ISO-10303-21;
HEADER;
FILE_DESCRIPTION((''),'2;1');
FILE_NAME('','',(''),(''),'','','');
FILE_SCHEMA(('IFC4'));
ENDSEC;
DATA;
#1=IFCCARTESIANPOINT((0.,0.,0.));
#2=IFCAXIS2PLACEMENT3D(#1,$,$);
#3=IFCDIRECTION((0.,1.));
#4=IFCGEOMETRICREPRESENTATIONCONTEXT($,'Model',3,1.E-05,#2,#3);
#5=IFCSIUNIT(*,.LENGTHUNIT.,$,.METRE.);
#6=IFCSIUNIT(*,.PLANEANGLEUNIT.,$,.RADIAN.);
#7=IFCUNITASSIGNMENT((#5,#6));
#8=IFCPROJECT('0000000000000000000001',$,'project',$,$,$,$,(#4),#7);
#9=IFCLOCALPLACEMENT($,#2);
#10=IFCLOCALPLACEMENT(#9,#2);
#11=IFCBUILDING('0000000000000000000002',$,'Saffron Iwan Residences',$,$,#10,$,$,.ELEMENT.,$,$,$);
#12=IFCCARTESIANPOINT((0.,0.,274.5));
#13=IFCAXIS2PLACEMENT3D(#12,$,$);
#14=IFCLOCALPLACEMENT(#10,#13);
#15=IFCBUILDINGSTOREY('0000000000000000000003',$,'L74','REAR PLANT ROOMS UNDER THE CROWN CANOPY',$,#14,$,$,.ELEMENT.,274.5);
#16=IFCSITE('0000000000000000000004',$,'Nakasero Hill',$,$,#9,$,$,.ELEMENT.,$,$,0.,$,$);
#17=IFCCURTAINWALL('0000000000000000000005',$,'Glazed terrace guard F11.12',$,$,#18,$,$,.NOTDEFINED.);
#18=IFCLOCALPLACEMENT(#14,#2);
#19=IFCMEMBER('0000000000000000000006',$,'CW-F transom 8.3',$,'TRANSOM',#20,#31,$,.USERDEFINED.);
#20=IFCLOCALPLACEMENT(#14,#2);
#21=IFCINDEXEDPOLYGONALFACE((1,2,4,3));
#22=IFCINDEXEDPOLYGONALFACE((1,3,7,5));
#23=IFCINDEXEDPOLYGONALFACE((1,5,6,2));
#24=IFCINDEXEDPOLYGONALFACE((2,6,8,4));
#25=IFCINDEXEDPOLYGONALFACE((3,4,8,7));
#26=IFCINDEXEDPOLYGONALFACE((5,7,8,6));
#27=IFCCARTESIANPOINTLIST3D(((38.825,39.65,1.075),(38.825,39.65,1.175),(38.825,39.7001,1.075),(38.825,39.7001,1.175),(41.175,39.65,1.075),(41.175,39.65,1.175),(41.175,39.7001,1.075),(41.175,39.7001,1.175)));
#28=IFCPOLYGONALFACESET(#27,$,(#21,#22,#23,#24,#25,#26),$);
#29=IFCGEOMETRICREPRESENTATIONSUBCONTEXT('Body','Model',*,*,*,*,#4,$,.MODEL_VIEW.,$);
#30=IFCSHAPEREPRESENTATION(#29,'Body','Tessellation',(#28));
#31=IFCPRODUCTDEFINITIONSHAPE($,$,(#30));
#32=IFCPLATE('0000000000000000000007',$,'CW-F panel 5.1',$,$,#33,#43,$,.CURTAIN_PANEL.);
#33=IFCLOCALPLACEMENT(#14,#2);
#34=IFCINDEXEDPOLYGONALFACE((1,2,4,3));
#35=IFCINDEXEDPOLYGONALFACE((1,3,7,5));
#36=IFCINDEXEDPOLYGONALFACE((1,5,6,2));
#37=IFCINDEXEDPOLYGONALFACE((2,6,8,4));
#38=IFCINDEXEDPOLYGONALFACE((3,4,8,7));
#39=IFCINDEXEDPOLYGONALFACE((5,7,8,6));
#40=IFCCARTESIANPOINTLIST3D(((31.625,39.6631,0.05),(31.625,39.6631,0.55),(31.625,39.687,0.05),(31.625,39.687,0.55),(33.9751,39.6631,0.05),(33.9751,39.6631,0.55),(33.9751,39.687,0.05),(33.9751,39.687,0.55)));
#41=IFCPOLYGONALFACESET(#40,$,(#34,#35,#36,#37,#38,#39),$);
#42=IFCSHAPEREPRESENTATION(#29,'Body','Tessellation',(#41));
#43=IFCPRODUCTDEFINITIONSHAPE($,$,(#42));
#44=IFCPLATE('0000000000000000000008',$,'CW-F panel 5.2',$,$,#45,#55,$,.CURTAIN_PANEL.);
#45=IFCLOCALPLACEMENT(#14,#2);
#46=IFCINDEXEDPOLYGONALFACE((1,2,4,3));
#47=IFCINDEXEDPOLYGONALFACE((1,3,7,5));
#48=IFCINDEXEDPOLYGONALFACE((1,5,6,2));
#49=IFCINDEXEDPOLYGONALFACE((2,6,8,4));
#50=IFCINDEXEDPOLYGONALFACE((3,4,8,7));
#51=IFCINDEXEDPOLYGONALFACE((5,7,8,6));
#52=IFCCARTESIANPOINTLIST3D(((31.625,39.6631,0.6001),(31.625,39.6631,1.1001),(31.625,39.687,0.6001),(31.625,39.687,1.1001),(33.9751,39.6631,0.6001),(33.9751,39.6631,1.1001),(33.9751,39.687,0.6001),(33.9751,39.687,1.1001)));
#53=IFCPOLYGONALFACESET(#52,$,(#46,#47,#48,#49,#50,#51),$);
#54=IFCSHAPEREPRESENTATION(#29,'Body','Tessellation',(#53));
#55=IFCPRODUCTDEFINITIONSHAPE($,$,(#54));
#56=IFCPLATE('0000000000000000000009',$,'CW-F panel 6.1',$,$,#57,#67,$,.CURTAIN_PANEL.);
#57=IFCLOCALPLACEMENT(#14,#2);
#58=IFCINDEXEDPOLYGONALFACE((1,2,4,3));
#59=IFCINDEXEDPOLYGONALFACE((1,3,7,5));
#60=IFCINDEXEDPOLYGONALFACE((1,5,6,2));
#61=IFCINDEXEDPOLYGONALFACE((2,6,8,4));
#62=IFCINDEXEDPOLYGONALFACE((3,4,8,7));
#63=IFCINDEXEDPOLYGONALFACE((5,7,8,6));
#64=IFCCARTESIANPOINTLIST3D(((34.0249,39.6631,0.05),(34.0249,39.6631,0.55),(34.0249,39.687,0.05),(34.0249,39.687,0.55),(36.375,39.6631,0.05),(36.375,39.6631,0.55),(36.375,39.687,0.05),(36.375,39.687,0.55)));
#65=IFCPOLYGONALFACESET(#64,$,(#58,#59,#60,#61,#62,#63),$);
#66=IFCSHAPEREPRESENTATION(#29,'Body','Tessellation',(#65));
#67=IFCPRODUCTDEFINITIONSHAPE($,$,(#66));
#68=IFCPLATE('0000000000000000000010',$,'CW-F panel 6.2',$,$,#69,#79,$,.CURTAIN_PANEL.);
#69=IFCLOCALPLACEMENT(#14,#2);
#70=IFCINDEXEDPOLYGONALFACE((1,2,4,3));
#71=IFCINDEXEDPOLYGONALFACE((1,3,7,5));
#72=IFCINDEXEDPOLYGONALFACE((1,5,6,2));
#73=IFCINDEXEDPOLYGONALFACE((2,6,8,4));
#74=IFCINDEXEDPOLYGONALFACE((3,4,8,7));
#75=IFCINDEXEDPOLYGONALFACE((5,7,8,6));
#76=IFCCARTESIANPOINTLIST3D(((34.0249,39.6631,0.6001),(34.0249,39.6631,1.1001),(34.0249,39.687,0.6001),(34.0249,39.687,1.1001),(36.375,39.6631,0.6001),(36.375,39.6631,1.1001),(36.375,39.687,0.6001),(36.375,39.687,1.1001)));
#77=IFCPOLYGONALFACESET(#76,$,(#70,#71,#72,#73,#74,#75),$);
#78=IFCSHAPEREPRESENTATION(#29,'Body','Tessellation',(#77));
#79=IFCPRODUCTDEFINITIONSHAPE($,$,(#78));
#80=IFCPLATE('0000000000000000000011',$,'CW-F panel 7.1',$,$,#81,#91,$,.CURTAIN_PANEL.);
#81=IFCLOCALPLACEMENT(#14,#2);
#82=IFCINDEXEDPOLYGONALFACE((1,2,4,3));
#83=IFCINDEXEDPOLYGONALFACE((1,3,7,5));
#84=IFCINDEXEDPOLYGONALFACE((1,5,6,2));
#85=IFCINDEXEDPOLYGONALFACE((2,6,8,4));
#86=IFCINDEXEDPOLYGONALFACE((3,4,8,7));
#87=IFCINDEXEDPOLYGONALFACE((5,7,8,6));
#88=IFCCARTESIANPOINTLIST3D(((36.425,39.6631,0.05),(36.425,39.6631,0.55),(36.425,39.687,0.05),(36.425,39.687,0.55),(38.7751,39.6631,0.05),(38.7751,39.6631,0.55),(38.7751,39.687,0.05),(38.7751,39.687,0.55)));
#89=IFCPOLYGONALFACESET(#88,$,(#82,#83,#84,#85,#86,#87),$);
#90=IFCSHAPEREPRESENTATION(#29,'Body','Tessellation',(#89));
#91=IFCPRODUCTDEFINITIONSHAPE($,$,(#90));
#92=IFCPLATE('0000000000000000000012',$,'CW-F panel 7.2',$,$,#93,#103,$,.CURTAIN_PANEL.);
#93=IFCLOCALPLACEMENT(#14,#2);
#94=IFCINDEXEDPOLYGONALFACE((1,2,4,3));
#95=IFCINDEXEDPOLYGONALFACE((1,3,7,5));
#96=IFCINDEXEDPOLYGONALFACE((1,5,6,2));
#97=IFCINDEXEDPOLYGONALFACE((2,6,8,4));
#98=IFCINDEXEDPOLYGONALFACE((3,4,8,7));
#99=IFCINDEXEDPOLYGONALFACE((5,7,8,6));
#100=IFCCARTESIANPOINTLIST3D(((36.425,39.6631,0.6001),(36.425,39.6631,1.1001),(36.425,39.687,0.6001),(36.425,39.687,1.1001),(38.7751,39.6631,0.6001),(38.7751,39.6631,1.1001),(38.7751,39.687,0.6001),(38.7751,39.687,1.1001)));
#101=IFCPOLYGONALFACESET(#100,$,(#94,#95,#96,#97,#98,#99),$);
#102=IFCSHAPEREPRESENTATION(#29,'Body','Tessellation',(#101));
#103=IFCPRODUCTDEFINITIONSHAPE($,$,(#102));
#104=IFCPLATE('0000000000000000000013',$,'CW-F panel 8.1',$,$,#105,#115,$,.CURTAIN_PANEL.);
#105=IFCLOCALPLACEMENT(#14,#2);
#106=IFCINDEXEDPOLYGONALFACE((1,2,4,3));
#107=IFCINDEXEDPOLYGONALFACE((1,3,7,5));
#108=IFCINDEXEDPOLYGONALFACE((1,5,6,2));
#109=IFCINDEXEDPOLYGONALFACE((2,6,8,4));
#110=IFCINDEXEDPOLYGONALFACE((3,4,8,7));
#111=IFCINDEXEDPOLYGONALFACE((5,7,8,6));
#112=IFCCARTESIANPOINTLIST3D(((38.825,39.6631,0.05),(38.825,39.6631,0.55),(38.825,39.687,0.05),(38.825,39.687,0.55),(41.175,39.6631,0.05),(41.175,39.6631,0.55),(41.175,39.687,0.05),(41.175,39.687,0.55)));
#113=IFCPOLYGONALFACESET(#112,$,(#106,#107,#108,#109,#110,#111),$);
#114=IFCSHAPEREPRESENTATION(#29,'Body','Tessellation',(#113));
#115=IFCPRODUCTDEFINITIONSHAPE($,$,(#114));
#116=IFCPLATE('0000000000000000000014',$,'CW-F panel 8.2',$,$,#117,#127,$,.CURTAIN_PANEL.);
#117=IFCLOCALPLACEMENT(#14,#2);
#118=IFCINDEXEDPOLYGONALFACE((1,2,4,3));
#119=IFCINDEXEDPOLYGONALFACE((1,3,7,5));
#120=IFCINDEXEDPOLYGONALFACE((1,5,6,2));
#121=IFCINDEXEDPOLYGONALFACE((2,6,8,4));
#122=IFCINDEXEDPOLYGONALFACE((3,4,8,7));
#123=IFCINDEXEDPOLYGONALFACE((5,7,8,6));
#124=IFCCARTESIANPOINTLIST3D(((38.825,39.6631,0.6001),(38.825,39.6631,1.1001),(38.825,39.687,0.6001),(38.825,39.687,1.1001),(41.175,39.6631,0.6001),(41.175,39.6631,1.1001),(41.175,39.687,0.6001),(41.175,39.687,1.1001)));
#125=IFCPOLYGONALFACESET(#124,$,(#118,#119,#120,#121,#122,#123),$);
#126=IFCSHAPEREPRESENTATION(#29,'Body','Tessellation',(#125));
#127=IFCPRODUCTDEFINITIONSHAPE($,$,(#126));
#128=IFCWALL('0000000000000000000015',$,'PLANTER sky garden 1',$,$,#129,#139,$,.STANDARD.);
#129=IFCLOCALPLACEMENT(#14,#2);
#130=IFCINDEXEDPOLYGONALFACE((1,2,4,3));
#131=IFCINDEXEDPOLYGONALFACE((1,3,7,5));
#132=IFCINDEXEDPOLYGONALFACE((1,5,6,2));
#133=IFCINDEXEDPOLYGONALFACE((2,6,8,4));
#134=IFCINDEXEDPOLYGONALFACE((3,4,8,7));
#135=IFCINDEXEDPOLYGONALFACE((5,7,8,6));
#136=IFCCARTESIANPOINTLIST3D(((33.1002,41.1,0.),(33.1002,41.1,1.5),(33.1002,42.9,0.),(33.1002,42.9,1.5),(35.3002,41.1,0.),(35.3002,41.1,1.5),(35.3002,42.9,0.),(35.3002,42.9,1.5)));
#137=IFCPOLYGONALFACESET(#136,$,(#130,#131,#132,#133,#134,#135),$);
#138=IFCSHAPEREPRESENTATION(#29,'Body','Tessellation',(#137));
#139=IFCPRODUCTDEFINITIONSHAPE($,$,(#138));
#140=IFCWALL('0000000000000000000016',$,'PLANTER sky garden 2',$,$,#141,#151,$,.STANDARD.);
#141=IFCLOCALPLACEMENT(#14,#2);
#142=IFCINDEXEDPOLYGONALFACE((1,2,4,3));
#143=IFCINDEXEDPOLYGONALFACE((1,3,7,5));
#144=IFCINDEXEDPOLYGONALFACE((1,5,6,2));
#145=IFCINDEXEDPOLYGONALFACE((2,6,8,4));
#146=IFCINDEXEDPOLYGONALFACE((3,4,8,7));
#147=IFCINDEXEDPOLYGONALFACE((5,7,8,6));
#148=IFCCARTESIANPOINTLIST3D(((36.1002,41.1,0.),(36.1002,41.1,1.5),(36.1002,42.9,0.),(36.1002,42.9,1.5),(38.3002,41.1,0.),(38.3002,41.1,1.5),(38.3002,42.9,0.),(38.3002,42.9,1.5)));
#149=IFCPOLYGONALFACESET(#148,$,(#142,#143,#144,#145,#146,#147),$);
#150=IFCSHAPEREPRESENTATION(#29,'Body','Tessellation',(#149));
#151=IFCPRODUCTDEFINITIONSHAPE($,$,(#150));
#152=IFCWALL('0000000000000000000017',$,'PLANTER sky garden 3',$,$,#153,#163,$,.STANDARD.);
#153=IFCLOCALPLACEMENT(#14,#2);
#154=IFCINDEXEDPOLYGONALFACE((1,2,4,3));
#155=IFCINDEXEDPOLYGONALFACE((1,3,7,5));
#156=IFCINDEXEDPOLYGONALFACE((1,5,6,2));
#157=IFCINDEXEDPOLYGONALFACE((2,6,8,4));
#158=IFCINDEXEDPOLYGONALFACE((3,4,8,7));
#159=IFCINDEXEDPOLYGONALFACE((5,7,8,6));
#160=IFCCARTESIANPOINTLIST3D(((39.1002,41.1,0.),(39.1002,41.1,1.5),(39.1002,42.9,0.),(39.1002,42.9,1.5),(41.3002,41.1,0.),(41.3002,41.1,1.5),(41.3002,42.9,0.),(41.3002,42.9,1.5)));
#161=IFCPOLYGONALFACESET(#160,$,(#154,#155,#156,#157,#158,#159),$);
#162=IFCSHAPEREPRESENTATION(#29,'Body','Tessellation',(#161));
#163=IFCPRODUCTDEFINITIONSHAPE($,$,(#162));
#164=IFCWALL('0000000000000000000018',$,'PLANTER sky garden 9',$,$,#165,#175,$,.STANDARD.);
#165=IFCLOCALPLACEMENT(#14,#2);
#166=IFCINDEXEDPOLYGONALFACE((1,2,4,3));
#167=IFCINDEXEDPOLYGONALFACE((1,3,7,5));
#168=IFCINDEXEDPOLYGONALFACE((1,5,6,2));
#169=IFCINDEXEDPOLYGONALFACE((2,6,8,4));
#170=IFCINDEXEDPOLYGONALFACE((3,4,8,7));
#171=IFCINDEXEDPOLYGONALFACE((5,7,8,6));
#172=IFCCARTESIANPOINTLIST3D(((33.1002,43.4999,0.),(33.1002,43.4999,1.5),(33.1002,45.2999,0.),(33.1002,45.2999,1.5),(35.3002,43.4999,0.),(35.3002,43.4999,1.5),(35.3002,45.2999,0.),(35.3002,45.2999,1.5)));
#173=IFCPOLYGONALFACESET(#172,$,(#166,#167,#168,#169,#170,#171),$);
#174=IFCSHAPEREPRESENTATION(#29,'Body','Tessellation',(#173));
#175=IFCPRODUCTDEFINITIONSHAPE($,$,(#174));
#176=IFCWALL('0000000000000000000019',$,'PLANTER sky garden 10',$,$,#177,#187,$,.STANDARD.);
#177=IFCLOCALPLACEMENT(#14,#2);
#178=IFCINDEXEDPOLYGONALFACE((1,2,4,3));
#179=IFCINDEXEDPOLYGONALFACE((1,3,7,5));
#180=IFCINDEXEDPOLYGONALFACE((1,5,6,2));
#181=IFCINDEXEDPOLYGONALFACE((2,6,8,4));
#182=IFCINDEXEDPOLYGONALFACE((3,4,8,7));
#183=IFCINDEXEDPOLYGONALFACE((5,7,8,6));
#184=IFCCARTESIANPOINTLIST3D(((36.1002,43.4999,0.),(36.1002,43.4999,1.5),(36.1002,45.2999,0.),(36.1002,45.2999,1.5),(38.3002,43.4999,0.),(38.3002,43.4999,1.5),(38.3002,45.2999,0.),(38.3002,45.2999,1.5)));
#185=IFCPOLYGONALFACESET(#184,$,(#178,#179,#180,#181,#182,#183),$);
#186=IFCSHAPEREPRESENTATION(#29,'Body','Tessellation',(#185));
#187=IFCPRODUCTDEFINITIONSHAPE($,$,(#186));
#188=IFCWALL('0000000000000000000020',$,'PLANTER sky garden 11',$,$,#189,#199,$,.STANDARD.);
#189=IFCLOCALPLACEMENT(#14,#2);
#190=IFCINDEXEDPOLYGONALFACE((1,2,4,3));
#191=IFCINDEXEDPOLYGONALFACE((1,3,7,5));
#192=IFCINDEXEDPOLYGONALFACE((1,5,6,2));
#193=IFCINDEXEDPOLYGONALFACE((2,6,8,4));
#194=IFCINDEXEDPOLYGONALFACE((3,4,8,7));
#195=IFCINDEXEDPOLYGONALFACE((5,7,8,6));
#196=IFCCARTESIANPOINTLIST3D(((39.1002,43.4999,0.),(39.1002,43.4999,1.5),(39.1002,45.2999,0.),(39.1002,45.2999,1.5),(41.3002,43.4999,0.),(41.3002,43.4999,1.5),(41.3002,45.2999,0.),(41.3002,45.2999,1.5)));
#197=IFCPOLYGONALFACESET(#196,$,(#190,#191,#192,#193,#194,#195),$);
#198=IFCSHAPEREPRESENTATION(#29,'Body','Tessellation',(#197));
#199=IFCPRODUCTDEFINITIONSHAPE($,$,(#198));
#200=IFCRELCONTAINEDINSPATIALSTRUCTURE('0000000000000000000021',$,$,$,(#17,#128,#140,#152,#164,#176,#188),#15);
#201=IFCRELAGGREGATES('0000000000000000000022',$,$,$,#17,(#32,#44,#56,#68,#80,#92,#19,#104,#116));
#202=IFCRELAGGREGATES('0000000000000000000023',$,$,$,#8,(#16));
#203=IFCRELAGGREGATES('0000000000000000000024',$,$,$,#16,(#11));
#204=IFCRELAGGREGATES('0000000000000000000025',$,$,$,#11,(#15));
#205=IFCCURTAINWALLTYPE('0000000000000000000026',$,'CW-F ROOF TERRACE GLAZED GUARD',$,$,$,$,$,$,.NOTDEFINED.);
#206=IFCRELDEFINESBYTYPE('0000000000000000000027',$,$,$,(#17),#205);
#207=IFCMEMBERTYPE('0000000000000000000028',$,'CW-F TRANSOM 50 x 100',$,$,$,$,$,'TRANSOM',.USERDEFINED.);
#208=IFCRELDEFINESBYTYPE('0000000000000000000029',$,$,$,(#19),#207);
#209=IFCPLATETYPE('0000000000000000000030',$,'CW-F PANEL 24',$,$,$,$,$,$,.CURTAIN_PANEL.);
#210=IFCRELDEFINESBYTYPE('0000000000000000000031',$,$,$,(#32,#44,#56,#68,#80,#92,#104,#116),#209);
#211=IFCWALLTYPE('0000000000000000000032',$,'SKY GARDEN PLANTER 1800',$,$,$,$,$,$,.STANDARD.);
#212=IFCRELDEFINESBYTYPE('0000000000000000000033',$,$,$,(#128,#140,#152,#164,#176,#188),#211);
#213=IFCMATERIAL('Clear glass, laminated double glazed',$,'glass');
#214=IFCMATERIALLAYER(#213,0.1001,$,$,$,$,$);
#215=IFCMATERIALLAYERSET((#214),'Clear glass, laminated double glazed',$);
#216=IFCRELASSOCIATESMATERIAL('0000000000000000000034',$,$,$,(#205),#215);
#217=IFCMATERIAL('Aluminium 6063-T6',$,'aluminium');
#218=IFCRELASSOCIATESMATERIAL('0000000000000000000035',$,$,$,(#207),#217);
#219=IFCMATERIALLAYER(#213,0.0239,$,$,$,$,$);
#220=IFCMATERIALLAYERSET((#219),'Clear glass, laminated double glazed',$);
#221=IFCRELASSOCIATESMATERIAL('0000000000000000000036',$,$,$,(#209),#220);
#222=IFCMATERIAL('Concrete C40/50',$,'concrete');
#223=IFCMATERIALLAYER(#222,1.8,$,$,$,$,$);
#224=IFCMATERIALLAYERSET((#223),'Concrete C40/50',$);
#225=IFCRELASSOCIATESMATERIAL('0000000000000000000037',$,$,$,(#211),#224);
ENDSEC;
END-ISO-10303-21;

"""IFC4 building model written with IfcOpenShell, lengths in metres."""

from ifc_helpers import new_model, si_unit, direction, frame, frame_2d, origin, origin_2d, place, context, subcontext, project, spatial, rectangle, extrude, source, transform, mapped, material, layer, layer_set, material_profile, profile_set, type_object, element, aggregate, save


model = new_model("IFC4")

# Units and contexts
model_context = context("Model", 3, precision=1e-05, world=origin(), true_north=direction((0.0, 1.0)))
body_context = subcontext(model_context, "Body", "Model", "MODEL_VIEW")
ifc_project = project(units=[si_unit("LENGTHUNIT", "METRE"), si_unit("PLANEANGLEUNIT", "RADIAN")], contexts=[model_context])

# Site, building, storey
site_placement = place(None, origin())
site = spatial("IfcSite", under=ifc_project, at=site_placement, Name="Nakasero Hill", CompositionType="ELEMENT", RefElevation=0.0)
building_placement = place(site_placement, origin())
building = spatial("IfcBuilding", under=site, at=building_placement, Name="Saffron Iwan Residences", CompositionType="ELEMENT")
storey_placement = place(building_placement, frame((0.0, 0.0, 274.5)))
storey = spatial("IfcBuildingStorey", under=building, at=storey_placement, Name="L74", Description="REAR PLANT ROOMS UNDER THE CROWN CANOPY", CompositionType="ELEMENT", Elevation=274.5)

# Curtain wall, member, plates
ifc_material_1 = material(Name="Clear glass, laminated double glazed", Category="glass")
ifc_layer_1 = layer(ifc_material_1, 0.1001)
ifc_layer_set_1 = layer_set([ifc_layer_1], Name="Clear glass, laminated double glazed")
curtain_wall_type = type_object("IfcCurtainWallType", Name="CW-F ROOF TERRACE GLAZED GUARD", PredefinedType="NOTDEFINED", material=ifc_layer_set_1)
curtain_wall_placement = place(storey_placement, origin())
curtain_wall = element("IfcCurtainWall", 1, at=curtain_wall_placement, inside=storey, type_object=curtain_wall_type, Name="Glazed terrace guard F11.12", PredefinedType="NOTDEFINED")
ifc_material_2 = material(Name="Aluminium 6063-T6", Category="aluminium")
ifc_material_profile_1 = material_profile(ifc_material_2, rectangle(XDim=0.05, YDim=0.1001, at=origin_2d()), Name="CW-F TRANSOM 50 x 100")
ifc_profile_set_1 = profile_set([ifc_material_profile_1], Name="Aluminium 6063-T6")
member_type_1 = type_object("IfcMemberType", Name="CW-F TRANSOM 50 x 100", ElementType="TRANSOM", PredefinedType="USERDEFINED", material=ifc_profile_set_1)
shared_shape_1 = source(origin(), body_context, "Body", "SweptSolid", [
    extrude(rectangle(XDim=0.05, YDim=0.1001, at=origin_2d()), origin(), (0.0, 0.0, 1.0), 2.3501),
])
member_1_placement = place(storey_placement, frame((38.825, 39.675, 1.125), z_axis=(1.0, 0.0, 0.0), x_axis=(0.0, 1.0, 0.0)))
member_1 = element("IfcMember", 2, at=member_1_placement, type_object=member_type_1, Name="CW-F transom 8.3", ObjectType="TRANSOM", PredefinedType="USERDEFINED", context=body_context, shape_type="MappedRepresentation", body=[
    mapped(shared_shape_1, transform((0.0, 0.0, 0.0))),
])
ifc_layer_2 = layer(ifc_material_1, 0.0239)
ifc_layer_set_2 = layer_set([ifc_layer_2], Name="Clear glass, laminated double glazed")
plate_type = type_object("IfcPlateType", Name="CW-F PANEL 24", PredefinedType="CURTAIN_PANEL", material=ifc_layer_set_2)
shared_shape_2 = source(origin(), body_context, "Body", "SweptSolid", [
    extrude(rectangle(XDim=2.3501, YDim=0.0239, at=origin_2d()), origin(), (0.0, 0.0, 1.0), 0.5),
])
plate_1_placement = place(storey_placement, frame((32.8, 39.675, 0.05), z_axis=(0.0, 0.0, 1.0), x_axis=(1.0, 0.0, 0.0)))
plate_1 = element("IfcPlate", 3, at=plate_1_placement, type_object=plate_type, Name="CW-F panel 5.1", PredefinedType="CURTAIN_PANEL", context=body_context, shape_type="MappedRepresentation", body=[
    mapped(shared_shape_2, transform((0.0, 0.0, 0.0))),
])
plate_2_placement = place(storey_placement, frame((32.8, 39.675, 0.6001), z_axis=(0.0, 0.0, 1.0), x_axis=(1.0, 0.0, 0.0)))
plate_2 = element("IfcPlate", 4, at=plate_2_placement, type_object=plate_type, Name="CW-F panel 5.2", PredefinedType="CURTAIN_PANEL", context=body_context, shape_type="MappedRepresentation", body=[
    mapped(shared_shape_2, transform((0.0, 0.0, 0.0))),
])
plate_3_placement = place(storey_placement, frame((35.2, 39.675, 0.05), z_axis=(0.0, 0.0, 1.0), x_axis=(1.0, 0.0, 0.0)))
plate_3 = element("IfcPlate", 5, at=plate_3_placement, type_object=plate_type, Name="CW-F panel 6.1", PredefinedType="CURTAIN_PANEL", context=body_context, shape_type="MappedRepresentation", body=[
    mapped(shared_shape_2, transform((0.0, 0.0, 0.0))),
])
plate_4_placement = place(storey_placement, frame((35.2, 39.675, 0.6001), z_axis=(0.0, 0.0, 1.0), x_axis=(1.0, 0.0, 0.0)))
plate_4 = element("IfcPlate", 6, at=plate_4_placement, type_object=plate_type, Name="CW-F panel 6.2", PredefinedType="CURTAIN_PANEL", context=body_context, shape_type="MappedRepresentation", body=[
    mapped(shared_shape_2, transform((0.0, 0.0, 0.0))),
])
plate_5_placement = place(storey_placement, frame((37.6001, 39.675, 0.05), z_axis=(0.0, 0.0, 1.0), x_axis=(1.0, 0.0, 0.0)))
plate_5 = element("IfcPlate", 7, at=plate_5_placement, type_object=plate_type, Name="CW-F panel 7.1", PredefinedType="CURTAIN_PANEL", context=body_context, shape_type="MappedRepresentation", body=[
    mapped(shared_shape_2, transform((0.0, 0.0, 0.0))),
])
plate_6_placement = place(storey_placement, frame((37.6001, 39.675, 0.6001), z_axis=(0.0, 0.0, 1.0), x_axis=(1.0, 0.0, 0.0)))
plate_6 = element("IfcPlate", 8, at=plate_6_placement, type_object=plate_type, Name="CW-F panel 7.2", PredefinedType="CURTAIN_PANEL", context=body_context, shape_type="MappedRepresentation", body=[
    mapped(shared_shape_2, transform((0.0, 0.0, 0.0))),
])
plate_7_placement = place(storey_placement, frame((40.0, 39.675, 0.05), z_axis=(0.0, 0.0, 1.0), x_axis=(1.0, 0.0, 0.0)))
plate_7 = element("IfcPlate", 9, at=plate_7_placement, type_object=plate_type, Name="CW-F panel 8.1", PredefinedType="CURTAIN_PANEL", context=body_context, shape_type="MappedRepresentation", body=[
    mapped(shared_shape_2, transform((0.0, 0.0, 0.0))),
])
plate_8_placement = place(storey_placement, frame((40.0, 39.675, 0.6001), z_axis=(0.0, 0.0, 1.0), x_axis=(1.0, 0.0, 0.0)))
plate_8 = element("IfcPlate", 10, at=plate_8_placement, type_object=plate_type, Name="CW-F panel 8.2", PredefinedType="CURTAIN_PANEL", context=body_context, shape_type="MappedRepresentation", body=[
    mapped(shared_shape_2, transform((0.0, 0.0, 0.0))),
])
aggregate(curtain_wall, [plate_1, plate_2, plate_3, plate_4, plate_5, plate_6, member_1, plate_7, plate_8])

# Walls
ifc_material_3 = material(Name="Concrete C40/50", Category="concrete")
ifc_layer_3 = layer(ifc_material_3, 1.8)
ifc_layer_set_3 = layer_set([ifc_layer_3], Name="Concrete C40/50")
wall_type = type_object("IfcWallType", Name="SKY GARDEN PLANTER 1800", PredefinedType="STANDARD", material=ifc_layer_set_3)
for number, where, z_axis, x_axis, name in (
    (11, (33.1001, 42.0, 0.0), (0.0, 0.0, 1.0), (1.0, 0.0, 0.0), "PLANTER sky garden 1"),
    (12, (36.1001, 42.0, 0.0), (0.0, 0.0, 1.0), (1.0, 0.0, 0.0), "PLANTER sky garden 2"),
    (13, (39.1001, 42.0, 0.0), (0.0, 0.0, 1.0), (1.0, 0.0, 0.0), "PLANTER sky garden 3"),
    (14, (33.1001, 44.3999, 0.0), (0.0, 0.0, 1.0), (1.0, 0.0, 0.0), "PLANTER sky garden 9"),
    (15, (36.1001, 44.3999, 0.0), (0.0, 0.0, 1.0), (1.0, 0.0, 0.0), "PLANTER sky garden 10"),
    (16, (39.1001, 44.3999, 0.0), (0.0, 0.0, 1.0), (1.0, 0.0, 0.0), "PLANTER sky garden 11"),
):
    element("IfcWall", number, at=place(storey_placement, frame(where, z_axis=z_axis, x_axis=x_axis)), inside=storey, type_object=wall_type, Name=name, PredefinedType="STANDARD", context=body_context, shape_type="SweptSolid", body=[
        extrude(rectangle(XDim=2.2, YDim=1.8, at=frame_2d((1.1001, 0.0))), origin(), (0.0, 0.0, 1.0), 1.5),
    ])

save(model, "model.ifc")
